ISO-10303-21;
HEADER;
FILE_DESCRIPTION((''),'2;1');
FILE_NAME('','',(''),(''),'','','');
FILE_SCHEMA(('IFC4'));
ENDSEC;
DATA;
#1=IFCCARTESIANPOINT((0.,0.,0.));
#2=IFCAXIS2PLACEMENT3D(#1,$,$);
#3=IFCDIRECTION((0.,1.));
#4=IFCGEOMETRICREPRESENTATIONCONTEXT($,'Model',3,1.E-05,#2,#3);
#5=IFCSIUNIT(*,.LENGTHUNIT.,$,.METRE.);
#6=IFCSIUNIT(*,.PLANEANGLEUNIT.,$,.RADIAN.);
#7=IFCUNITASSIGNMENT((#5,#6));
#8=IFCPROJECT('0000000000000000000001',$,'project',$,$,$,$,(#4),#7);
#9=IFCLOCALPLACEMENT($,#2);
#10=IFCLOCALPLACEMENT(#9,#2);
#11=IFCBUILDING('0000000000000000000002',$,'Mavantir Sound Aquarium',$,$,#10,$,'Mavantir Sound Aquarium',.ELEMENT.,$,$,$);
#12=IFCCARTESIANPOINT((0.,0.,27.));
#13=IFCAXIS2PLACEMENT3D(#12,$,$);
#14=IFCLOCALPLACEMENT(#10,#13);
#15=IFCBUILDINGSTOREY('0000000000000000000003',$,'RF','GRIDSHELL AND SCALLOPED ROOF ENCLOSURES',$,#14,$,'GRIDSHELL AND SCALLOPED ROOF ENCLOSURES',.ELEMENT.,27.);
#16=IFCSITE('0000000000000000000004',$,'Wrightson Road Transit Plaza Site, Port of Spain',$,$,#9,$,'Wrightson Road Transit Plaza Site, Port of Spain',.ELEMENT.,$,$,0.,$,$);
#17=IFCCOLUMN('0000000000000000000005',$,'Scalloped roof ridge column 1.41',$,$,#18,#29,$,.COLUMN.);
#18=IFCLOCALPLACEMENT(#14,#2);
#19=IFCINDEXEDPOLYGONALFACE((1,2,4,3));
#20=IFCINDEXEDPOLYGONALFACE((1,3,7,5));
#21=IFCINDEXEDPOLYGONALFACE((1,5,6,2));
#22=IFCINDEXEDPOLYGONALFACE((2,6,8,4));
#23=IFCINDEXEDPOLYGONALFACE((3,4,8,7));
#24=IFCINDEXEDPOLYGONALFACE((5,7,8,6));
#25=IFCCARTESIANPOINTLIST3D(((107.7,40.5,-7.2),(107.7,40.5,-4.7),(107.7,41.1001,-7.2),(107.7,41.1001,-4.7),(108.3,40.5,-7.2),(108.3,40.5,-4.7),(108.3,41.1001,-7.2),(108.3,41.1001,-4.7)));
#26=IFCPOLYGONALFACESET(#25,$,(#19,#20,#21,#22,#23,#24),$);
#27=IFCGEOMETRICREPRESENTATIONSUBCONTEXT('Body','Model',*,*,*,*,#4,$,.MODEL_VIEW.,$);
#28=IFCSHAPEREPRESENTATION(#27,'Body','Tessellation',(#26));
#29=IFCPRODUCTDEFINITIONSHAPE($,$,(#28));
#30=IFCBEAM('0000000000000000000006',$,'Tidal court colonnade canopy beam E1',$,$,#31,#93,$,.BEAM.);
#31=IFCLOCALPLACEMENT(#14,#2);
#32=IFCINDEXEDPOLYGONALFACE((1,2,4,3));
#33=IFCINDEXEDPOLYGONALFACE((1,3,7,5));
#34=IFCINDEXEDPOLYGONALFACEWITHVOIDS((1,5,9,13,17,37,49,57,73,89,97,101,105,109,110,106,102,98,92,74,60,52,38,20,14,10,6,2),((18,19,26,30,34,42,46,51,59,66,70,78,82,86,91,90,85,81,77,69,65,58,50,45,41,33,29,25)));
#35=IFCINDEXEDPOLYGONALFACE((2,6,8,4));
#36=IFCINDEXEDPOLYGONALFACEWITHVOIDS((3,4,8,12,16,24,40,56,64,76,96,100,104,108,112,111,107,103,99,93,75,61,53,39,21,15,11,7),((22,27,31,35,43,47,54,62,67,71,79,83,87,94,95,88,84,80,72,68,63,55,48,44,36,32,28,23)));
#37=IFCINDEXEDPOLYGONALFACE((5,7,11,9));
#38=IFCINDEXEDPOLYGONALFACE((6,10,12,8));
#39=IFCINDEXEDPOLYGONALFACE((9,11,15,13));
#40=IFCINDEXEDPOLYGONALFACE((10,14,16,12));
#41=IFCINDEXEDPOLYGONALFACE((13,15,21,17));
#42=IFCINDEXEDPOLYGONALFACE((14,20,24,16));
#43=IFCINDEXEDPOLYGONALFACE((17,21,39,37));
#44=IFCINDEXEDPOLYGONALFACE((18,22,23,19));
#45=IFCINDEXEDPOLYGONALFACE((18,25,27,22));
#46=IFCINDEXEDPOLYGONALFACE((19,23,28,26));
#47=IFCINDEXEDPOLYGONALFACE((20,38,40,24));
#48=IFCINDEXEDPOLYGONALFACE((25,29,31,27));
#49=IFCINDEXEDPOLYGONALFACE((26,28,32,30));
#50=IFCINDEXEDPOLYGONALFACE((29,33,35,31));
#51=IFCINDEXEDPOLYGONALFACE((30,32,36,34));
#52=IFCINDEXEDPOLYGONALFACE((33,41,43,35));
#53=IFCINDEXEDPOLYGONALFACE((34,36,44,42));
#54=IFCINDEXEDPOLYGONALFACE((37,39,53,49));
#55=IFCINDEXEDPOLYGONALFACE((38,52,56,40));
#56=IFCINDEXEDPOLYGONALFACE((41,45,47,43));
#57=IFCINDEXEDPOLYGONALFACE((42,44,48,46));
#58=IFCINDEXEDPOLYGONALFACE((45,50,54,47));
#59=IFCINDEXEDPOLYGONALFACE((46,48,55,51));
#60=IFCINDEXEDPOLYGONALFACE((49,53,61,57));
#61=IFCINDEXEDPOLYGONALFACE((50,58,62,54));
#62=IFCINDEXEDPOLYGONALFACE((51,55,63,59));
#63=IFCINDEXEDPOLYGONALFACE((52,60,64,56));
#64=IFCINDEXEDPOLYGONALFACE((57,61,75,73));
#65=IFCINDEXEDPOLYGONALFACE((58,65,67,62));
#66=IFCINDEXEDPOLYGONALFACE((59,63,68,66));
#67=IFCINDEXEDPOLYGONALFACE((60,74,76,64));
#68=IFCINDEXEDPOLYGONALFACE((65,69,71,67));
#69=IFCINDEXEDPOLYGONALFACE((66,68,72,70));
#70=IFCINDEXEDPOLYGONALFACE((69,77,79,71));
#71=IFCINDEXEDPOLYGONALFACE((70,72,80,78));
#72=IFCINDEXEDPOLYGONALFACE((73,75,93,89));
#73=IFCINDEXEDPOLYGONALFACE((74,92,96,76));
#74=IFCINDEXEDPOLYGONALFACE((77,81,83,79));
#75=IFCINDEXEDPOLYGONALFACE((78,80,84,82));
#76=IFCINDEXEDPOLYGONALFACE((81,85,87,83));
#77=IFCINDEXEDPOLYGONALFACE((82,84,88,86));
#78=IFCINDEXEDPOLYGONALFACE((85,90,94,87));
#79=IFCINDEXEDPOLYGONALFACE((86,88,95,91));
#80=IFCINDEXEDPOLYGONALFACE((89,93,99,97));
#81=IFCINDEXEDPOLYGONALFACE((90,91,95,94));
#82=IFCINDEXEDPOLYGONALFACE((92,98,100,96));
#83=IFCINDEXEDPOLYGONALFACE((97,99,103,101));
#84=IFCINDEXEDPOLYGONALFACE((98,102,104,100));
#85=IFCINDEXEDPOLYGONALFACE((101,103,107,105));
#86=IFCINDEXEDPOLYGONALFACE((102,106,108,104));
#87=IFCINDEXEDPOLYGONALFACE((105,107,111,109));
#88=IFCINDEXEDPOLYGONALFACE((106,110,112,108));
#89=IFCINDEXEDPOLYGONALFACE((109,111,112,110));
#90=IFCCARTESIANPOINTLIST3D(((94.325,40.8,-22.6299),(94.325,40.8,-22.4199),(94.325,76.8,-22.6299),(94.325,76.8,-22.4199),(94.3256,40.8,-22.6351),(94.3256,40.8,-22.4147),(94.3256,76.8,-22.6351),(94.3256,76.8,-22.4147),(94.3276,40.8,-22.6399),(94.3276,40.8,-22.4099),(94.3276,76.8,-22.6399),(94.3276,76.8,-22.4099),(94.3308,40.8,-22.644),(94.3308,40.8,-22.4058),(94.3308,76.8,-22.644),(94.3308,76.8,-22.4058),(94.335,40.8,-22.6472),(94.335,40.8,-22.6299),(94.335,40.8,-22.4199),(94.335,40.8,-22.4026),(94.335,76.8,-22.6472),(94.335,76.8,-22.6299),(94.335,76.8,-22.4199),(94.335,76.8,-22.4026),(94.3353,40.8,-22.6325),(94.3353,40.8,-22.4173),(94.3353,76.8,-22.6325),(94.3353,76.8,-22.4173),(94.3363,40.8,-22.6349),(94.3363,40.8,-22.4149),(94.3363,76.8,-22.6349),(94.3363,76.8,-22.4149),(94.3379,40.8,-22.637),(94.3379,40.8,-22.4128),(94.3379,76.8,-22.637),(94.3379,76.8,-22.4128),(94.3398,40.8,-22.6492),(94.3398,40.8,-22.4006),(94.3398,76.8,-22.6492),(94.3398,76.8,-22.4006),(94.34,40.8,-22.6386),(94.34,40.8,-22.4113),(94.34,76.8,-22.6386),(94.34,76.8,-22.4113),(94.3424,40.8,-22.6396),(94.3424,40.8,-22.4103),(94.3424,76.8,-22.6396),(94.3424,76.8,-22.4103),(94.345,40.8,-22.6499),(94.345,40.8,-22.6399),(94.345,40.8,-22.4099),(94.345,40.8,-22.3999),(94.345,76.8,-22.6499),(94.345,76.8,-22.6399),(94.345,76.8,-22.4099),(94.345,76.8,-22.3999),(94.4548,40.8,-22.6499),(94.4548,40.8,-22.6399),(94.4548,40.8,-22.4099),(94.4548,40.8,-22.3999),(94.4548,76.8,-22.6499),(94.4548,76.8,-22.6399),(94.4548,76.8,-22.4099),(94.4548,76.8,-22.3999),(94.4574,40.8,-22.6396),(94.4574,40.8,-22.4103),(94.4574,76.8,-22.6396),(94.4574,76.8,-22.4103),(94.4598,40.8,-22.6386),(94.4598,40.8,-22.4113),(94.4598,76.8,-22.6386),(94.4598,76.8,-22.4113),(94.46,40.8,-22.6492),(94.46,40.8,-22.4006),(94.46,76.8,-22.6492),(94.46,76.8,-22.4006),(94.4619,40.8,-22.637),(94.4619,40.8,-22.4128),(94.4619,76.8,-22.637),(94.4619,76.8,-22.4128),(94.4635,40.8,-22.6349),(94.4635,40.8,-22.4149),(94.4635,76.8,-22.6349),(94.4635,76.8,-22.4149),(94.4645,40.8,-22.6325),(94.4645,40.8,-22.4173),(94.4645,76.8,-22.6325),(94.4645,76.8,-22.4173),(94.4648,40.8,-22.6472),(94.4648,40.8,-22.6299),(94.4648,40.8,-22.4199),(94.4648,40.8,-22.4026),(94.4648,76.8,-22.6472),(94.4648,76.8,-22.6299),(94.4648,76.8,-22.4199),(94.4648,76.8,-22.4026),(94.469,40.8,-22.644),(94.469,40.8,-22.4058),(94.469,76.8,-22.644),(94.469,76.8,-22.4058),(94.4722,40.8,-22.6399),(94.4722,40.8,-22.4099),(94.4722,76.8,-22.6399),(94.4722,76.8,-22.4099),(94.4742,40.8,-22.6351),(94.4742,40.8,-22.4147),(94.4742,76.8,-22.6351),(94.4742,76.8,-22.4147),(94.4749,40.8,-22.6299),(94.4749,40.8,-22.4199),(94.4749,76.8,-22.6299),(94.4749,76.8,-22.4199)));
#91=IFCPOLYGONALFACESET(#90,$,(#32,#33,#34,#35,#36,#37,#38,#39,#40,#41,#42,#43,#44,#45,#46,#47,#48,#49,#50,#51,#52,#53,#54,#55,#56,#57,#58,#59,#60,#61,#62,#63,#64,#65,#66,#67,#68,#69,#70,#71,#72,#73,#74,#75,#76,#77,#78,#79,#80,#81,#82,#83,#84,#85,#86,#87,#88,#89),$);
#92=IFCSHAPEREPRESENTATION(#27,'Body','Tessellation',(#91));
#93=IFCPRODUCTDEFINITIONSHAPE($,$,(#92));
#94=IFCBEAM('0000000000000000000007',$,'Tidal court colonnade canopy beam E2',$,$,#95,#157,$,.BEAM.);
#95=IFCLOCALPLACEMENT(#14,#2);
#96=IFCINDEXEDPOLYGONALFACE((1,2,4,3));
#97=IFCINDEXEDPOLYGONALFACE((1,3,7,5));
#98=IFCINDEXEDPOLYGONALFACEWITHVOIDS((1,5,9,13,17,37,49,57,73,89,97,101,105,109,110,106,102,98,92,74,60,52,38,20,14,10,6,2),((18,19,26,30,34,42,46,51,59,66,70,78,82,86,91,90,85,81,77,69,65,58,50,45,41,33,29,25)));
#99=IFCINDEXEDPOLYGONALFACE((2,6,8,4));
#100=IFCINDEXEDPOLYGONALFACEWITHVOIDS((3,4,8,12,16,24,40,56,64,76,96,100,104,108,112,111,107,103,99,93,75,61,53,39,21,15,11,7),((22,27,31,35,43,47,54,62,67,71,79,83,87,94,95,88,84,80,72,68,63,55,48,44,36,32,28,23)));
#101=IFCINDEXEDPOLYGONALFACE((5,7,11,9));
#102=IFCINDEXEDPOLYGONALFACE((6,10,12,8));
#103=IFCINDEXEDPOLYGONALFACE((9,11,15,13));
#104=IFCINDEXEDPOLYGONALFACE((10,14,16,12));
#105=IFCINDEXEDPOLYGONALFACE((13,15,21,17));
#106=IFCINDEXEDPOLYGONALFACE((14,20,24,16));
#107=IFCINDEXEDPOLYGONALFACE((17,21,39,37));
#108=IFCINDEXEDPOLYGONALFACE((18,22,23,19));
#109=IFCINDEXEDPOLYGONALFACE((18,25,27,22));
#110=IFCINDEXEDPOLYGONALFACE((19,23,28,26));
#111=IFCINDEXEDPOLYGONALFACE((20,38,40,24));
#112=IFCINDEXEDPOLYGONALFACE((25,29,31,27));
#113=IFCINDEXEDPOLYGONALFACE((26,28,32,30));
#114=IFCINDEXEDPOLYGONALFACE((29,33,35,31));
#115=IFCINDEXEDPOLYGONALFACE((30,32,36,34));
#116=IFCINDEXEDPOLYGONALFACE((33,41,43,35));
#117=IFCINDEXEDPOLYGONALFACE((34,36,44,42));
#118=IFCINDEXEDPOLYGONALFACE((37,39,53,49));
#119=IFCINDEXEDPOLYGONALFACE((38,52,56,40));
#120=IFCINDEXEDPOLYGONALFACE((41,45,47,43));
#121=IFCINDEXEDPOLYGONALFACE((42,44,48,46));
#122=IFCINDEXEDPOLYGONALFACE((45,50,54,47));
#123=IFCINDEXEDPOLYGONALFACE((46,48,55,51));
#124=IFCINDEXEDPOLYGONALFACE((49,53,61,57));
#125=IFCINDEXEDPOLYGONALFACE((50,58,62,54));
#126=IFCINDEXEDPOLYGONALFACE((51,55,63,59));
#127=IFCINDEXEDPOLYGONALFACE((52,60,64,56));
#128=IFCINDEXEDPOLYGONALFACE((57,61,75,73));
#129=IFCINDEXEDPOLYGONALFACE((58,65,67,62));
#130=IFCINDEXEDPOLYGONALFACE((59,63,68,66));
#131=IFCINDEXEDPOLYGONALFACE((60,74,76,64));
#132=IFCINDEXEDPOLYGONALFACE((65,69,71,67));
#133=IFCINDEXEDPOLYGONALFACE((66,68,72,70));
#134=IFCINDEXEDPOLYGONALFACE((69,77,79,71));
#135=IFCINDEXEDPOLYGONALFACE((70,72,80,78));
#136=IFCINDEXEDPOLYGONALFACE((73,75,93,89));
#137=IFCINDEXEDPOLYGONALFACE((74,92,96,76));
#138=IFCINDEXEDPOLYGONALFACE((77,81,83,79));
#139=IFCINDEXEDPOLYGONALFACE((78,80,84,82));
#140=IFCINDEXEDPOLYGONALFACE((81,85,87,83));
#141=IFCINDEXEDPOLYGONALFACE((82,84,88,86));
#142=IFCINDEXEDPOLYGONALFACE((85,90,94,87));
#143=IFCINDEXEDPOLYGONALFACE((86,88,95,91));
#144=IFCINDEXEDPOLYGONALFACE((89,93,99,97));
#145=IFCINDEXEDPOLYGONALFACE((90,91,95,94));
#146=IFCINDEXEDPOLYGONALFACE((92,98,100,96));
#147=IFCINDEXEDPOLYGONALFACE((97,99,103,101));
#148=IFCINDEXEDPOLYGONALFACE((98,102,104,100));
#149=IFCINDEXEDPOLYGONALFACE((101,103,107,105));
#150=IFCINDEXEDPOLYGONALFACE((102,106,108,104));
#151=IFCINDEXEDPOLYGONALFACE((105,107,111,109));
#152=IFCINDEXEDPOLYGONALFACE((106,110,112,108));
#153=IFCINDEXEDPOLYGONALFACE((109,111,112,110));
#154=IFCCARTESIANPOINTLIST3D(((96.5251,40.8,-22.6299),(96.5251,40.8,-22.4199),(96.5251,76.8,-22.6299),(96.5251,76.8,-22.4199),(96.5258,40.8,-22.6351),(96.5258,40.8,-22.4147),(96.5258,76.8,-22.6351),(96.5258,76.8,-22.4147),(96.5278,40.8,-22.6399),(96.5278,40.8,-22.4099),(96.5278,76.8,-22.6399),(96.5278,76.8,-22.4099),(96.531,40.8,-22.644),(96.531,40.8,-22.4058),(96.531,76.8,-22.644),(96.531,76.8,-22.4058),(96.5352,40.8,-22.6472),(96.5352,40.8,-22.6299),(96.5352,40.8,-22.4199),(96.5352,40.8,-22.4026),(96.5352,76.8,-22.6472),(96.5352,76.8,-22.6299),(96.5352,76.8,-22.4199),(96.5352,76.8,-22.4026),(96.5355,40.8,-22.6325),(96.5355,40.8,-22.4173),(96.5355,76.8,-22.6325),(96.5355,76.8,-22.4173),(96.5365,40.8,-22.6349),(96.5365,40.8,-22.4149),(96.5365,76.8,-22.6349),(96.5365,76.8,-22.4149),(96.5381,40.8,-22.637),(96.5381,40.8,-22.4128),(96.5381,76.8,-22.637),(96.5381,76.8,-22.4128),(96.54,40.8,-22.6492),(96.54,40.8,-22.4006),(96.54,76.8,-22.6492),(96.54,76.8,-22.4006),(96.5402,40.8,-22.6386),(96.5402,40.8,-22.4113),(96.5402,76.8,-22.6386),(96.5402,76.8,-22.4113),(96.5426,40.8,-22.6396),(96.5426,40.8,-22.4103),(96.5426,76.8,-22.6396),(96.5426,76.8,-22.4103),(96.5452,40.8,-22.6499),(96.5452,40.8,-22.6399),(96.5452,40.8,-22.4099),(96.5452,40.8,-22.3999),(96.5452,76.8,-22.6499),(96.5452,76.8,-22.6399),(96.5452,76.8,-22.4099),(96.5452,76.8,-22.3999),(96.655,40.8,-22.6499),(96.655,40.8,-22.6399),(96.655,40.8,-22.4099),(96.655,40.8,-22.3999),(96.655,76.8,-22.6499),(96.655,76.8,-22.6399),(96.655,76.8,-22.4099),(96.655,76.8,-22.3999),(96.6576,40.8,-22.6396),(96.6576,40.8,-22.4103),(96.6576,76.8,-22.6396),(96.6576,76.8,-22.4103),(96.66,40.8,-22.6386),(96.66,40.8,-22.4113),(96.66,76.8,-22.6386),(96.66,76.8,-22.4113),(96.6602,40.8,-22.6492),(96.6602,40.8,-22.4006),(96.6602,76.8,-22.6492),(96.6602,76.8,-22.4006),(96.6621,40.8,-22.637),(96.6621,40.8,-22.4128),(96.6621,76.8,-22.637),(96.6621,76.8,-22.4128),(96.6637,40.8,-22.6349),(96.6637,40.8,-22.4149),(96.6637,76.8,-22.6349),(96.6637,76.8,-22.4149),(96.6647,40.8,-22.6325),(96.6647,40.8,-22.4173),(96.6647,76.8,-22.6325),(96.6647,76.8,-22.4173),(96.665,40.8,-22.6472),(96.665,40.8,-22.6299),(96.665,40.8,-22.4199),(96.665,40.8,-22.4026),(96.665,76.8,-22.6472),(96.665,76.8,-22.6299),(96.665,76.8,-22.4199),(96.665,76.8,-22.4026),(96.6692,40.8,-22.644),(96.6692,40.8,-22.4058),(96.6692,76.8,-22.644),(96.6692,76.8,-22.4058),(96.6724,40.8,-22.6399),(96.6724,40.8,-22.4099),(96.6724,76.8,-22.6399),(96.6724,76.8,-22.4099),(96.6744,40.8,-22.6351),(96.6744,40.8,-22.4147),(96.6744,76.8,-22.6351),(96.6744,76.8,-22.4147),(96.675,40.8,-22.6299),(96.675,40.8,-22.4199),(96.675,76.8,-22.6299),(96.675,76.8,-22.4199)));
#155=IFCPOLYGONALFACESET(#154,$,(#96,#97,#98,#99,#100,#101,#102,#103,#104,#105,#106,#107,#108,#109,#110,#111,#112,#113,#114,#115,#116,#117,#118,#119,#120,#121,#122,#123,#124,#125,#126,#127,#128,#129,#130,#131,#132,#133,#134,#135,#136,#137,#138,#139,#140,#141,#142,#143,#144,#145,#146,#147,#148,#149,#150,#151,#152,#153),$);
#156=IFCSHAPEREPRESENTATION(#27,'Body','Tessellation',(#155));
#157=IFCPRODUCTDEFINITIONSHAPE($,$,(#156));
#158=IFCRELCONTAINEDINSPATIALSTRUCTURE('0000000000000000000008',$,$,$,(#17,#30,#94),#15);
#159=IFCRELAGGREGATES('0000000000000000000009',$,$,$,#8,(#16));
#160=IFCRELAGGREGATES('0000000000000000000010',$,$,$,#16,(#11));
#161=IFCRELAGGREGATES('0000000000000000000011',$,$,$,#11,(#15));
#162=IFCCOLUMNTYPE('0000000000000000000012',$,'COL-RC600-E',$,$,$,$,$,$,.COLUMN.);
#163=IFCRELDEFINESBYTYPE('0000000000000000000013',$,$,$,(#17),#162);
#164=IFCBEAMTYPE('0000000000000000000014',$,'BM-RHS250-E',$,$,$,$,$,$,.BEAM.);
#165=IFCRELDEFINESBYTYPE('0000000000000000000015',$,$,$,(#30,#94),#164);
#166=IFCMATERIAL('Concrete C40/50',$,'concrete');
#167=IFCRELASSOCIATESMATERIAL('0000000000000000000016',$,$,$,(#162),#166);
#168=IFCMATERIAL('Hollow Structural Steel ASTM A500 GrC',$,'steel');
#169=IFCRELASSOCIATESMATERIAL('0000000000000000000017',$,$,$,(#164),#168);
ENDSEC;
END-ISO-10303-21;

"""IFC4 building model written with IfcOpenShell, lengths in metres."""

from ifc_helpers import new_model, si_unit, direction, frame, origin, origin_2d, place, context, subcontext, project, spatial, rectangle, hollow_rectangle, extrude, material, material_profile, profile_set, type_object, element, save


model = new_model("IFC4")

# Units and contexts
model_context = context("Model", 3, precision=1e-05, world=origin(), true_north=direction((0.0, 1.0)))
body_context = subcontext(model_context, "Body", "Model", "MODEL_VIEW")
ifc_project = project(units=[si_unit("LENGTHUNIT", "METRE"), si_unit("PLANEANGLEUNIT", "RADIAN")], contexts=[model_context])

# Site, building, storey
site_placement = place(None, origin())
site = spatial("IfcSite", under=ifc_project, at=site_placement, Name="Wrightson Road Transit Plaza Site, Port of Spain", LongName="Wrightson Road Transit Plaza Site, Port of Spain", CompositionType="ELEMENT", RefElevation=0.0)
building_placement = place(site_placement, origin())
building = spatial("IfcBuilding", under=site, at=building_placement, Name="Mavantir Sound Aquarium", LongName="Mavantir Sound Aquarium", CompositionType="ELEMENT")
storey_placement = place(building_placement, frame((0.0, 0.0, 27.0)))
storey = spatial("IfcBuildingStorey", under=building, at=storey_placement, Name="RF", Description="GRIDSHELL AND SCALLOPED ROOF ENCLOSURES", LongName="GRIDSHELL AND SCALLOPED ROOF ENCLOSURES", CompositionType="ELEMENT", Elevation=27.0)

# Column
ifc_material_1 = material(Name="Concrete C40/50", Category="concrete")
ifc_material_profile_1 = material_profile(ifc_material_1, rectangle(XDim=0.6001, YDim=0.6001, at=origin_2d()), Name="RC 600X600")
ifc_profile_set_1 = profile_set([ifc_material_profile_1], Name="Concrete C40/50")
column_type = type_object("IfcColumnType", Name="COL-RC600-E", PredefinedType="COLUMN", material=ifc_profile_set_1)
column_placement = place(storey_placement, frame((108.0, 40.8, -7.2), z_axis=(0.0, 0.0, 1.0), x_axis=(1.0, 0.0, 0.0)))
element("IfcColumn", 1, at=column_placement, inside=storey, type_object=column_type, Name="Scalloped roof ridge column 1.41", PredefinedType="COLUMN", context=body_context, shape_type="SweptSolid", body=[
    extrude(rectangle(XDim=0.6001, YDim=0.6001, at=origin_2d()), origin(), (0.0, 0.0, 1.0), 2.5),
])

# Beams
ifc_material_2 = material(Name="Hollow Structural Steel ASTM A500 GrC", Category="steel")
ifc_material_profile_2 = material_profile(ifc_material_2, hollow_rectangle(XDim=0.1499, YDim=0.25, WallThickness=0.01, InnerFilletRadius=0.01, OuterFilletRadius=0.02, at=origin_2d()), Name="RHS 250X150X10")
ifc_profile_set_2 = profile_set([ifc_material_profile_2], Name="Hollow Structural Steel ASTM A500 GrC")
beam_type_1 = type_object("IfcBeamType", Name="BM-RHS250-E", PredefinedType="BEAM", material=ifc_profile_set_2)
for number, where, z_axis, x_axis, name in (
    (2, (94.3999, 40.8, -22.5249), (0.0, 1.0, 0.0), (-1.0, 0.0, 0.0), "Tidal court colonnade canopy beam E1"),
    (3, (96.6001, 40.8, -22.5249), (0.0, 1.0, 0.0), (-1.0, 0.0, 0.0), "Tidal court colonnade canopy beam E2"),
):
    element("IfcBeam", number, at=place(storey_placement, frame(where, z_axis=z_axis, x_axis=x_axis)), inside=storey, type_object=beam_type_1, Name=name, PredefinedType="BEAM", context=body_context, shape_type="SweptSolid", body=[
        extrude(hollow_rectangle(XDim=0.1499, YDim=0.25, WallThickness=0.01, InnerFilletRadius=0.01, OuterFilletRadius=0.02, at=origin_2d()), origin(), (0.0, 0.0, 1.0), 36.0),
    ])

save(model, "model.ifc")
